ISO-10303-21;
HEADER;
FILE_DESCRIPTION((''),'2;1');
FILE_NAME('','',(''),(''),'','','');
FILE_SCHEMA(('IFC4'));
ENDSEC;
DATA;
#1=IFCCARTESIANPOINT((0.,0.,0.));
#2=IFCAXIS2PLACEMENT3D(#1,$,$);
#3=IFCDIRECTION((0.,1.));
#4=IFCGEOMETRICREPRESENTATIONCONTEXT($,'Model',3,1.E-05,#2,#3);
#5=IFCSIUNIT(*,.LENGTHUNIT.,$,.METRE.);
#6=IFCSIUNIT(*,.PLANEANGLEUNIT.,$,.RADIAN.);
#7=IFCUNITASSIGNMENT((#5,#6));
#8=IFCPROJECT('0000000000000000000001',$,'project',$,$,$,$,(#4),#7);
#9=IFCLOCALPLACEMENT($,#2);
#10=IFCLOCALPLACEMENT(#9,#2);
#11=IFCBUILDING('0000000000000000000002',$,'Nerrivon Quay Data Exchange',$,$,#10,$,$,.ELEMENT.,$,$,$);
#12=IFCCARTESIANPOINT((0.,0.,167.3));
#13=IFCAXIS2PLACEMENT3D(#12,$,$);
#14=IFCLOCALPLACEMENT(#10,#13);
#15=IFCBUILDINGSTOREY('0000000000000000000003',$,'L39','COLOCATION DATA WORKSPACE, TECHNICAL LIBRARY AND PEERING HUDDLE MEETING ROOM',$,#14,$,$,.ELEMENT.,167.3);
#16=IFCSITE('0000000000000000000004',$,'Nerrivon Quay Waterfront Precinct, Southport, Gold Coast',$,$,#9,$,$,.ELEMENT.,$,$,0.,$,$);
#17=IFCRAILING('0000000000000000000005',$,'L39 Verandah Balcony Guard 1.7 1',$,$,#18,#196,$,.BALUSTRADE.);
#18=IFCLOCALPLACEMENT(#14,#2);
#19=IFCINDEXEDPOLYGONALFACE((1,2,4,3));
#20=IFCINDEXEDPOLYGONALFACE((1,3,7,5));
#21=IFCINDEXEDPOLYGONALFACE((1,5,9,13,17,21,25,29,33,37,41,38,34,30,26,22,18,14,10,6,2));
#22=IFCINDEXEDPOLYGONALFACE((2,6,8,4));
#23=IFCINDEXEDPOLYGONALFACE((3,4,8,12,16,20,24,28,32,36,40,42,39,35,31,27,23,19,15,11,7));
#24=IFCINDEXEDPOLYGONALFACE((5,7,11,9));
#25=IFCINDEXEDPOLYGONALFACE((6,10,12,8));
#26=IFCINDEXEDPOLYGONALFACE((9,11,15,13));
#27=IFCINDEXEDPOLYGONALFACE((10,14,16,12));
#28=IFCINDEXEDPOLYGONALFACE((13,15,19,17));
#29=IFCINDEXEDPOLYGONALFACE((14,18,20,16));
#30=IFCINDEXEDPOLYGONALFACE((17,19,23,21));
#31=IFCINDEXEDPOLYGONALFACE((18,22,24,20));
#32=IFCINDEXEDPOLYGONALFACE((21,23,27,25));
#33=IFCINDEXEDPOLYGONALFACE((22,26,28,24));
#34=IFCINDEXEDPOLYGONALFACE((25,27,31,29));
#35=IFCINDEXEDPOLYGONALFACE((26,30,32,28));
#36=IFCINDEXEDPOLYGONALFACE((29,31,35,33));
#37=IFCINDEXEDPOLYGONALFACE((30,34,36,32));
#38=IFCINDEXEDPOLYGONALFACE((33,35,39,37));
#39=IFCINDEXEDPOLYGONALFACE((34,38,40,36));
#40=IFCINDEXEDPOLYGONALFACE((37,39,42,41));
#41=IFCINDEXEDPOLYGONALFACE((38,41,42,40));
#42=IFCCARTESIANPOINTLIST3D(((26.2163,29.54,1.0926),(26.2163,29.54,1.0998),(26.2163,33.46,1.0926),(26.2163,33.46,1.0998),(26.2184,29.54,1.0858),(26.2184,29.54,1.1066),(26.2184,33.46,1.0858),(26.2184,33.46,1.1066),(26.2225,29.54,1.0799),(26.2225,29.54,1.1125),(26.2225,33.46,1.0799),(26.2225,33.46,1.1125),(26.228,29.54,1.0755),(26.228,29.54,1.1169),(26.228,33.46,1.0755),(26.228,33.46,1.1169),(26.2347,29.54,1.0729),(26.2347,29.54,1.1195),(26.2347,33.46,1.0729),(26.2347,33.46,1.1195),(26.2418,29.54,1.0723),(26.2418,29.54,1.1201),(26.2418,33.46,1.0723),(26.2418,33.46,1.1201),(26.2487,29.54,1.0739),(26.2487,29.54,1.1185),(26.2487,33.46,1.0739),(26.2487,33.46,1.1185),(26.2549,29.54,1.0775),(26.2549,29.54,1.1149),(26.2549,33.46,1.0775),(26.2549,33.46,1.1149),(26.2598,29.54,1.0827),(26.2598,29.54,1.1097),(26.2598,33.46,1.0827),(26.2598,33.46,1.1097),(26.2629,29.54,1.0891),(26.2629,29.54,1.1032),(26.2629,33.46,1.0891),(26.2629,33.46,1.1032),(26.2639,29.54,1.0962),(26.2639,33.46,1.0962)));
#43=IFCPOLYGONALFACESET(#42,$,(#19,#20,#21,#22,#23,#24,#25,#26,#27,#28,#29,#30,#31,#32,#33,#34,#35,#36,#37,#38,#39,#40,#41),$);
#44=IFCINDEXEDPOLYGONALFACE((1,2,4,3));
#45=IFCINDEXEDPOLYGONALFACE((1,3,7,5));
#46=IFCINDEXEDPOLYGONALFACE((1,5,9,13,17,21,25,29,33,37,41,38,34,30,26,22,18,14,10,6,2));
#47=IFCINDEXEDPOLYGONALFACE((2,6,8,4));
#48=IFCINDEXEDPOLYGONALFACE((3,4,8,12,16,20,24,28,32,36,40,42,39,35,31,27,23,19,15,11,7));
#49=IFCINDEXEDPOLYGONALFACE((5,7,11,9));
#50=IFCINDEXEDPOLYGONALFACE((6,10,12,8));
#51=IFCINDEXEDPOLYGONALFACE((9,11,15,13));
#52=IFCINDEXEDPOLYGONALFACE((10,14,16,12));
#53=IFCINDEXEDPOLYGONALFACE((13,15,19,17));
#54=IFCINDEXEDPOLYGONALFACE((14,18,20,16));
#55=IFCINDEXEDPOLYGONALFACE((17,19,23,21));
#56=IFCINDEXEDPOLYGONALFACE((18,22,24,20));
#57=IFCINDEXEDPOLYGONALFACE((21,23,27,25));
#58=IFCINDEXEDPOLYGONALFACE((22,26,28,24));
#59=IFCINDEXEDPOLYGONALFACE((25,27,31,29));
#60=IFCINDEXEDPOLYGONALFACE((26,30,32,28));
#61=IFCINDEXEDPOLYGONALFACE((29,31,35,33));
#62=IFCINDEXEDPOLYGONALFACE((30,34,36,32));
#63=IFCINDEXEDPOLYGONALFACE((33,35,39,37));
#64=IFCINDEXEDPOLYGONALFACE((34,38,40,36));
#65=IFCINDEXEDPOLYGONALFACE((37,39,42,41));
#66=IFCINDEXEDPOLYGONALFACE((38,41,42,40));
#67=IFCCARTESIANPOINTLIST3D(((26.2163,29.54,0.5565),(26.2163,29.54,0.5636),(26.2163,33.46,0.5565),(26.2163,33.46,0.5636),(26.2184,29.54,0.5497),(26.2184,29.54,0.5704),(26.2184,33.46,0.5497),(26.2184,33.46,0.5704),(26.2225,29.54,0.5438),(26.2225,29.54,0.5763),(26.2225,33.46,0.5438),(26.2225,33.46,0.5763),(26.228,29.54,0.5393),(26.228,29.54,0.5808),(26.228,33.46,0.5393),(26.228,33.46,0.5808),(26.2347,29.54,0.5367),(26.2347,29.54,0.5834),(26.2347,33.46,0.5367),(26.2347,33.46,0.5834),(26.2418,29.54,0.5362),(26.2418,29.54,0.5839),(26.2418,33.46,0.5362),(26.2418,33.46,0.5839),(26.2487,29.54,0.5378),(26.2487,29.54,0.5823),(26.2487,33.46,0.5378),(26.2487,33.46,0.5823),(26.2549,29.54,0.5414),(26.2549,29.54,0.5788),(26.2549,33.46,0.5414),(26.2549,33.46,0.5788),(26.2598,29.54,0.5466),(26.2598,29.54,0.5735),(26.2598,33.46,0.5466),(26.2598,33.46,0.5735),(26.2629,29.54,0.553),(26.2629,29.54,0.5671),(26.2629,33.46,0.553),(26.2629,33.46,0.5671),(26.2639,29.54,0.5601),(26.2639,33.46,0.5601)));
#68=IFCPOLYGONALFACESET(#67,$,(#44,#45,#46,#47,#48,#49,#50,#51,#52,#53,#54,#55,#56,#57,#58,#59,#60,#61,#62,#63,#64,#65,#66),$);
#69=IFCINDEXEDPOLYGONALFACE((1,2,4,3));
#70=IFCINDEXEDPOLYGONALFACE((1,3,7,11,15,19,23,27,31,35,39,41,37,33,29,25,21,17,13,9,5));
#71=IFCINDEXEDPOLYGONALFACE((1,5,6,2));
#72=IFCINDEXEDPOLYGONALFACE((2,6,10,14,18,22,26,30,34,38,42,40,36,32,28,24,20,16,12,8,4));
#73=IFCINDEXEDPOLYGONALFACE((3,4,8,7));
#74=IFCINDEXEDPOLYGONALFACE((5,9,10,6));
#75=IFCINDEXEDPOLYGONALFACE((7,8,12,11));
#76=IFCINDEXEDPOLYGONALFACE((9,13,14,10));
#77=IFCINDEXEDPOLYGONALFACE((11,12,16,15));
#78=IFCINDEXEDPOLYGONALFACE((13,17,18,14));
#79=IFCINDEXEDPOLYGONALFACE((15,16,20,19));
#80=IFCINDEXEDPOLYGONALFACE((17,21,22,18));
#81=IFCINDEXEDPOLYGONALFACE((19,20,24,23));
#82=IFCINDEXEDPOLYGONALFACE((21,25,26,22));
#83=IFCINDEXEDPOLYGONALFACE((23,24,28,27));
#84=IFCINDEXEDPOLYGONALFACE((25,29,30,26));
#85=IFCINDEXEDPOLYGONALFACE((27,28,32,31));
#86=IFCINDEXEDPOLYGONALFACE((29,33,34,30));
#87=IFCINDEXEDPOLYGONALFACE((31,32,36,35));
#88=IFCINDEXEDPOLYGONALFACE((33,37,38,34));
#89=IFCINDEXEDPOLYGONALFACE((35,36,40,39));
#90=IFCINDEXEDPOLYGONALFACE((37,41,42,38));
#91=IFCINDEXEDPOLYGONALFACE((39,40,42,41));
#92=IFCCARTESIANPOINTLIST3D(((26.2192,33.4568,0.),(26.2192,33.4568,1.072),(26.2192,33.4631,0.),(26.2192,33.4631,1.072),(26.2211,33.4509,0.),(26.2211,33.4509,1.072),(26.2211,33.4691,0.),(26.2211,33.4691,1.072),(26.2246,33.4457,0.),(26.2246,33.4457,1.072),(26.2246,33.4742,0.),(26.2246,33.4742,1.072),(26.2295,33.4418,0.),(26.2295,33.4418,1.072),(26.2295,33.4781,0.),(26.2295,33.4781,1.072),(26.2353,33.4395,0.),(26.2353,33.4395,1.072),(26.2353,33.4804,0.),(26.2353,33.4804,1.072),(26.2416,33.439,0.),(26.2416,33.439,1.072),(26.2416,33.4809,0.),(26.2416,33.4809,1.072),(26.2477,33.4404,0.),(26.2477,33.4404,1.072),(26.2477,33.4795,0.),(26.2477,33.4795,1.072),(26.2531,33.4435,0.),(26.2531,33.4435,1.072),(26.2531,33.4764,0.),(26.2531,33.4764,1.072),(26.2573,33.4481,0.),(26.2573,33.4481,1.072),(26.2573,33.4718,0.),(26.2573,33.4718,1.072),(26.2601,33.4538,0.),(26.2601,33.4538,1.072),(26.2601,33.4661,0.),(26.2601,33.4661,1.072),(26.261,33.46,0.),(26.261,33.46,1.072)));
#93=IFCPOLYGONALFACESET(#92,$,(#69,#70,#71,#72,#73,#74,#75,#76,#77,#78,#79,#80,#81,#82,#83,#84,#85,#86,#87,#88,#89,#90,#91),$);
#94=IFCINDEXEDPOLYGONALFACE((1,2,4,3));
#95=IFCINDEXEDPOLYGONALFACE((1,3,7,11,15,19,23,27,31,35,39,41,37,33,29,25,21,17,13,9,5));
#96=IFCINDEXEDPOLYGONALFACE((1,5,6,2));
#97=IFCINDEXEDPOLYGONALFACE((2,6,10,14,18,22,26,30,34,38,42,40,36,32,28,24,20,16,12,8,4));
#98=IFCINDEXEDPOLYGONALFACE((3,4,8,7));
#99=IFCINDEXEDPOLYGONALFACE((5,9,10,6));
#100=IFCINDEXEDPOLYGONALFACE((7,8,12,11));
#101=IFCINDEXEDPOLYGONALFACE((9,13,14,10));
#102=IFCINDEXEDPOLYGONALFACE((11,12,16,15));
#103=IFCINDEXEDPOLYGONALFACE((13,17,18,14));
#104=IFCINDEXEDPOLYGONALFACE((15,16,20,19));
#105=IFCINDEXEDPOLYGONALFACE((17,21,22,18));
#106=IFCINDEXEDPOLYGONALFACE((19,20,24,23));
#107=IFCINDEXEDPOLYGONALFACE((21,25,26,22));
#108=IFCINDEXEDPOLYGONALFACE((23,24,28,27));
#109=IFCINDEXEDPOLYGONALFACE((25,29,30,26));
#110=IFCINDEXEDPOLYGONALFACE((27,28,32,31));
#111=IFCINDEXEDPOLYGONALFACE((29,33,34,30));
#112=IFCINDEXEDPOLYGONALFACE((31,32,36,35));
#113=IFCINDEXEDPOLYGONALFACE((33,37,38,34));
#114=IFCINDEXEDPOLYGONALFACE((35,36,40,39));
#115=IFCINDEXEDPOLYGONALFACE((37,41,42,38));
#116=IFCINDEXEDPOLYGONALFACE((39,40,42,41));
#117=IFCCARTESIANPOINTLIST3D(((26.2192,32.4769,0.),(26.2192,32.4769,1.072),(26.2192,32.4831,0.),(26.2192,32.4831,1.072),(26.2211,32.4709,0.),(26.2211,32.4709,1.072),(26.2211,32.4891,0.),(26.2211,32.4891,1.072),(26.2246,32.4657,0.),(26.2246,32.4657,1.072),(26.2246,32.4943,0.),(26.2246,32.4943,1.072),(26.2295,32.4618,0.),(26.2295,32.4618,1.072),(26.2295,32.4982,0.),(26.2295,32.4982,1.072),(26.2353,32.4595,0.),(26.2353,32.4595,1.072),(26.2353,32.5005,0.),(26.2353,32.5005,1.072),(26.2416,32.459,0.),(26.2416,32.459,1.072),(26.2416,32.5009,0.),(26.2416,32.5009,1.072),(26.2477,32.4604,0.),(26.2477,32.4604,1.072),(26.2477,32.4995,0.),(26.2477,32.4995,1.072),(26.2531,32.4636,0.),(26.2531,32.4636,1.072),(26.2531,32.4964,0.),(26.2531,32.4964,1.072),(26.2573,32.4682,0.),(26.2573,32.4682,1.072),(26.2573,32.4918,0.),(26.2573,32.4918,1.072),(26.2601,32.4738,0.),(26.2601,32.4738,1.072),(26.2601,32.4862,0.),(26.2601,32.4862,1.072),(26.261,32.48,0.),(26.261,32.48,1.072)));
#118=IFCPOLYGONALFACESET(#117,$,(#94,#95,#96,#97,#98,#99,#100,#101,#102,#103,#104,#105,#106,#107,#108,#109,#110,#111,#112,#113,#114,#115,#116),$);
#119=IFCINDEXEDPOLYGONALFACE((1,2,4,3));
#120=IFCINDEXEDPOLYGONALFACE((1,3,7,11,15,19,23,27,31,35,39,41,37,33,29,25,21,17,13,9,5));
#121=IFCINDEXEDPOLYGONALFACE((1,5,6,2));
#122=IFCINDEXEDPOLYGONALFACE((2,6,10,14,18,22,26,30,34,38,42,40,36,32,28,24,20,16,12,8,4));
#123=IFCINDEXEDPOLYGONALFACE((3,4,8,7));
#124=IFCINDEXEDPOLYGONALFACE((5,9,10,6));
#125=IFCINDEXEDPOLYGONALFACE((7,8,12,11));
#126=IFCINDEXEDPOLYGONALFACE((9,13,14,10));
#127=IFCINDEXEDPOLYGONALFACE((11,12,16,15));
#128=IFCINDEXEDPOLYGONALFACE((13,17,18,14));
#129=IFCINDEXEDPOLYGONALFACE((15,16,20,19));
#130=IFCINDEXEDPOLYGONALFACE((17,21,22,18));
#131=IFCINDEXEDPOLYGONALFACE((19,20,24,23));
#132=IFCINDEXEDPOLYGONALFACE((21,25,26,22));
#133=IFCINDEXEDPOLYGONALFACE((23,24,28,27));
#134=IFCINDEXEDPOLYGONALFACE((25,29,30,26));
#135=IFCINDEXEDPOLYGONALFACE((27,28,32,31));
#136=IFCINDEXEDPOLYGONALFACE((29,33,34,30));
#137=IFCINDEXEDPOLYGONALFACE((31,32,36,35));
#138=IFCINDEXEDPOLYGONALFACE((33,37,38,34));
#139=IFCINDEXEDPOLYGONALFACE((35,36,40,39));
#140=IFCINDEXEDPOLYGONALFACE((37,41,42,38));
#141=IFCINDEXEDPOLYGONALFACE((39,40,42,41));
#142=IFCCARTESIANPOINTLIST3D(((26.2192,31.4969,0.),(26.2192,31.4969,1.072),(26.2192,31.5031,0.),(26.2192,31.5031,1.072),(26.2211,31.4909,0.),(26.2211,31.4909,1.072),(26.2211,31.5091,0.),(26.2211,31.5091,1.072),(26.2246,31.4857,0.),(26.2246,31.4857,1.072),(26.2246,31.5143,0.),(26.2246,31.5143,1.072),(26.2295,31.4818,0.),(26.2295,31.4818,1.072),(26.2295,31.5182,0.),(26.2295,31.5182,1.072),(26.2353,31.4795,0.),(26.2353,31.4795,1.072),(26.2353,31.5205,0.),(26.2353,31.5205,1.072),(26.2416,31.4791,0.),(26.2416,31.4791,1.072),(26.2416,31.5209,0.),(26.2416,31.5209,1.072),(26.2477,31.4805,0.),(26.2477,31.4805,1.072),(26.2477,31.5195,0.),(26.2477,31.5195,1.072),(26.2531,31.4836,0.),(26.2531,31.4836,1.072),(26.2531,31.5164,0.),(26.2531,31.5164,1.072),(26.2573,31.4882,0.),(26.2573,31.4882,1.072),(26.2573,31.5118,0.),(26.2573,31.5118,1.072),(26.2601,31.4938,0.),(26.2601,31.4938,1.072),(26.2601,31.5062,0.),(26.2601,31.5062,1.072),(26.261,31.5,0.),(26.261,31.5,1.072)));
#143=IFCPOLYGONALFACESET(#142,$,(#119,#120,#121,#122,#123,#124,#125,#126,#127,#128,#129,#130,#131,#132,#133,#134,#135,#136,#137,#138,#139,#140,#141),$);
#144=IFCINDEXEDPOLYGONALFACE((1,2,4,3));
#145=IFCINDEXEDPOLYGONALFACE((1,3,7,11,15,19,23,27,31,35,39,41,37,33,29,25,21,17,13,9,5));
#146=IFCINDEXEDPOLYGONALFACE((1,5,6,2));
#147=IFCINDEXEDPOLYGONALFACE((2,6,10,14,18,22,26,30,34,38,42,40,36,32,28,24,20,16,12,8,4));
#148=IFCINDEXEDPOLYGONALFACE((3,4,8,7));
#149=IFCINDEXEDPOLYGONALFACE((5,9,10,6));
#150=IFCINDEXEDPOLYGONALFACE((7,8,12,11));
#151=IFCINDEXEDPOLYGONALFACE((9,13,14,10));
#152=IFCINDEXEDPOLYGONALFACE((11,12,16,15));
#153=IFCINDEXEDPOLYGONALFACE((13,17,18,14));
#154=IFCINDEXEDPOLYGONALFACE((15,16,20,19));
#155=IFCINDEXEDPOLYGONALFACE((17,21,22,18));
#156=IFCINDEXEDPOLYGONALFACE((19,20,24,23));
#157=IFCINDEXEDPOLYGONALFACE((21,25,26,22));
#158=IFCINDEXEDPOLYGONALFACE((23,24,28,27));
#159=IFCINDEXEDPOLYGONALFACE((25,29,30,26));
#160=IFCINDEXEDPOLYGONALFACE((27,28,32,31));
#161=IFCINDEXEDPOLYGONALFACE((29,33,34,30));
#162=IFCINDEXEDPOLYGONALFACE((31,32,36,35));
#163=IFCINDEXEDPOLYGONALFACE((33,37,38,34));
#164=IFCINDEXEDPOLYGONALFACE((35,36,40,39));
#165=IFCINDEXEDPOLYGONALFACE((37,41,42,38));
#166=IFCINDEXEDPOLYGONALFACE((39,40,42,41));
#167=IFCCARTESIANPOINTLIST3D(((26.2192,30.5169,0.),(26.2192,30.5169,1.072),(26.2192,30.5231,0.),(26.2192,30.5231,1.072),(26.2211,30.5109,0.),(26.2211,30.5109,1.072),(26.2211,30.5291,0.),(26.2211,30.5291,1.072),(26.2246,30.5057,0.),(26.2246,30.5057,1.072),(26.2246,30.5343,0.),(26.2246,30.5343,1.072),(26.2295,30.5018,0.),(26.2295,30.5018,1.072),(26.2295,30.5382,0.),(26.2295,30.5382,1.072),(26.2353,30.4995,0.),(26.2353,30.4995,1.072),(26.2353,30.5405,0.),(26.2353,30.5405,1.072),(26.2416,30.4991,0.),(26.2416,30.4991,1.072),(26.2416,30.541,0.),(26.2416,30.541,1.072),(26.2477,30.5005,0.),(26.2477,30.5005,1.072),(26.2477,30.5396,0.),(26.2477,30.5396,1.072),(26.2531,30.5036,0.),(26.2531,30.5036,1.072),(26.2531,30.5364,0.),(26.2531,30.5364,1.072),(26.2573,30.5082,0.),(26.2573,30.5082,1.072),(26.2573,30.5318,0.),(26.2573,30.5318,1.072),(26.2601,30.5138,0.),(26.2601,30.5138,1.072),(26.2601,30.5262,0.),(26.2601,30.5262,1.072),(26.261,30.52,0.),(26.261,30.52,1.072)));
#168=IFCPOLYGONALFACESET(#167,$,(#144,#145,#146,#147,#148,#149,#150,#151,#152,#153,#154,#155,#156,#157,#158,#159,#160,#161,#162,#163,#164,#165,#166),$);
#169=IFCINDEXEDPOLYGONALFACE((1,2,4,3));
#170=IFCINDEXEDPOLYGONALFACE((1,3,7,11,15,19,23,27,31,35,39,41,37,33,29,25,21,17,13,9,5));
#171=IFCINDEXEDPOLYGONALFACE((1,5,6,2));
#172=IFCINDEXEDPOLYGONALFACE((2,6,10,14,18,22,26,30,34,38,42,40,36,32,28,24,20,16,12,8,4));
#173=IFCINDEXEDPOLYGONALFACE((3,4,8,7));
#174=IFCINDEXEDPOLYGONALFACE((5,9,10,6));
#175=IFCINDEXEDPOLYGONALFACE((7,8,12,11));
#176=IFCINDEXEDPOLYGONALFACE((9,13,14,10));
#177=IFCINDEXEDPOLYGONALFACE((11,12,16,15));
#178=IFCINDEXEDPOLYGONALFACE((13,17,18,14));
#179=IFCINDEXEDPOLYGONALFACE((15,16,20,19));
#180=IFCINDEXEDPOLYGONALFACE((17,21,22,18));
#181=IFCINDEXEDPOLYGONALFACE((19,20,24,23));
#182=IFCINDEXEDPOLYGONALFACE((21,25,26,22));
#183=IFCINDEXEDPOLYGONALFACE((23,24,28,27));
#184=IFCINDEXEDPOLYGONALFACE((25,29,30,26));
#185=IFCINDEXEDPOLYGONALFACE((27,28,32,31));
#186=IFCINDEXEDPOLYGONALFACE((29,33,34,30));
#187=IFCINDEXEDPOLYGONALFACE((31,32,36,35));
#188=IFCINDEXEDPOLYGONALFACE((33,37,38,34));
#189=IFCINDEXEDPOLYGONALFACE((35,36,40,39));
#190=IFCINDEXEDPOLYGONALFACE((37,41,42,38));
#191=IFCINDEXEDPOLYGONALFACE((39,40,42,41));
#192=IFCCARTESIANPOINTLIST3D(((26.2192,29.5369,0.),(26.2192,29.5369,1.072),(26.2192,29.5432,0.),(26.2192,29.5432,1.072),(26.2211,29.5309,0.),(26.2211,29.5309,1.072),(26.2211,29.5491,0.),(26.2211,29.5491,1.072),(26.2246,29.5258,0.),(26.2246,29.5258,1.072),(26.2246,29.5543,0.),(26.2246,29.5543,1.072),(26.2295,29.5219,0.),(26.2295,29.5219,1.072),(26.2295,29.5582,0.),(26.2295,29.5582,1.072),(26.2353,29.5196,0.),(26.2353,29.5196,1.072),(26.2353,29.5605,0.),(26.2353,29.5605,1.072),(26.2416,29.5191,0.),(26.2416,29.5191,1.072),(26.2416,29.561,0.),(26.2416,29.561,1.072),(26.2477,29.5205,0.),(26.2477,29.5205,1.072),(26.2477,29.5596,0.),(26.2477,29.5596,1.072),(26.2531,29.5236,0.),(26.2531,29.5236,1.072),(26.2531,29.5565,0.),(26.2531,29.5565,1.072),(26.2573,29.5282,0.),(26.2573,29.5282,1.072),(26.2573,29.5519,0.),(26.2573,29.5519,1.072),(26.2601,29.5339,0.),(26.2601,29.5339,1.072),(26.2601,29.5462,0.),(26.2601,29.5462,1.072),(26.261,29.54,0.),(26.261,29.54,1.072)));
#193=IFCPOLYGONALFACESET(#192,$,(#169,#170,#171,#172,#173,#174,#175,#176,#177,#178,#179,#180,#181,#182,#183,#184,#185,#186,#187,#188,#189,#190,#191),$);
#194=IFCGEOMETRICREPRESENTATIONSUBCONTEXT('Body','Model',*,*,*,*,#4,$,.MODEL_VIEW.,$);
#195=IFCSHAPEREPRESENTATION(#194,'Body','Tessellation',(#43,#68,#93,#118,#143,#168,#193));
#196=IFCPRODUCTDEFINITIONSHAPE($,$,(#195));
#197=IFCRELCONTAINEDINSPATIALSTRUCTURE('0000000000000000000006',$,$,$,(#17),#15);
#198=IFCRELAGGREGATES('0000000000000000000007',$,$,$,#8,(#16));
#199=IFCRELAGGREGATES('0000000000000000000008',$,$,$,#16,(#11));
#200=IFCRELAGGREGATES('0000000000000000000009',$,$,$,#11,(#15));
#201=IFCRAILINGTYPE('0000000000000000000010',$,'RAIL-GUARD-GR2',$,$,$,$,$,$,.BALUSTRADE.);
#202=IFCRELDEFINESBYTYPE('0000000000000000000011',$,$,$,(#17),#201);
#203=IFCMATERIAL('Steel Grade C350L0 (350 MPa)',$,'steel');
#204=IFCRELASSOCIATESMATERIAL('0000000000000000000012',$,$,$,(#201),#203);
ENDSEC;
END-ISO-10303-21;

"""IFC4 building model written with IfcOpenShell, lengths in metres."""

from ifc_helpers import new_model, si_unit, direction, frame, origin, origin_2d, place, context, subcontext, project, spatial, circle, extrude, material, type_object, element, save


model = new_model("IFC4")

# Units and contexts
model_context = context("Model", 3, precision=1e-05, world=origin(), true_north=direction((0.0, 1.0)))
body_context = subcontext(model_context, "Body", "Model", "MODEL_VIEW")
ifc_project = project(units=[si_unit("LENGTHUNIT", "METRE"), si_unit("PLANEANGLEUNIT", "RADIAN")], contexts=[model_context])

# Site, building, storey
site_placement = place(None, origin())
site = spatial("IfcSite", under=ifc_project, at=site_placement, Name="Nerrivon Quay Waterfront Precinct, Southport, Gold Coast", CompositionType="ELEMENT", RefElevation=0.0)
building_placement = place(site_placement, origin())
building = spatial("IfcBuilding", under=site, at=building_placement, Name="Nerrivon Quay Data Exchange", CompositionType="ELEMENT")
storey_placement = place(building_placement, frame((0.0, 0.0, 167.3)))
storey = spatial("IfcBuildingStorey", under=building, at=storey_placement, Name="L39", Description="COLOCATION DATA WORKSPACE, TECHNICAL LIBRARY AND PEERING HUDDLE MEETING ROOM", CompositionType="ELEMENT", Elevation=167.3)

# Shared definitions
ifc_material_1 = material(Name="Steel Grade C350L0 (350 MPa)", Category="steel")

# Railing
railing_type = type_object("IfcRailingType", Name="RAIL-GUARD-GR2", PredefinedType="BALUSTRADE", material=ifc_material_1)
railing_1_placement = place(storey_placement, frame((26.24, 33.46, 0.0)))
element("IfcRailing", 1, at=railing_1_placement, inside=storey, type_object=railing_type, Name="L39 Verandah Balcony Guard 1.7 1", PredefinedType="BALUSTRADE", context=body_context, shape_type="SweptSolid", body=[
    extrude(circle(Radius=0.0239, at=origin_2d()), frame((0.0, 0.0, 1.0962), z_axis=(0.0, -1.0, 0.0), x_axis=(1.0, 0.0, 0.0)), (0.0, 0.0, 1.0), 3.9199),
    extrude(circle(Radius=0.0239, at=origin_2d()), frame((0.0, 0.0, 0.5601), z_axis=(0.0, -1.0, 0.0), x_axis=(1.0, 0.0, 0.0)), (0.0, 0.0, 1.0), 3.9199),
    extrude(circle(Radius=0.021, at=origin_2d()), origin(), (0.0, 0.0, 1.0), 1.072),
    extrude(circle(Radius=0.021, at=origin_2d()), frame((0.0, -0.98, 0.0)), (0.0, 0.0, 1.0), 1.072),
    extrude(circle(Radius=0.021, at=origin_2d()), frame((0.0, -1.96, 0.0)), (0.0, 0.0, 1.0), 1.072),
    extrude(circle(Radius=0.021, at=origin_2d()), frame((0.0, -2.9399, 0.0)), (0.0, 0.0, 1.0), 1.072),
    extrude(circle(Radius=0.021, at=origin_2d()), frame((0.0, -3.9199, 0.0)), (0.0, 0.0, 1.0), 1.072),
])

save(model, "model.ifc")
